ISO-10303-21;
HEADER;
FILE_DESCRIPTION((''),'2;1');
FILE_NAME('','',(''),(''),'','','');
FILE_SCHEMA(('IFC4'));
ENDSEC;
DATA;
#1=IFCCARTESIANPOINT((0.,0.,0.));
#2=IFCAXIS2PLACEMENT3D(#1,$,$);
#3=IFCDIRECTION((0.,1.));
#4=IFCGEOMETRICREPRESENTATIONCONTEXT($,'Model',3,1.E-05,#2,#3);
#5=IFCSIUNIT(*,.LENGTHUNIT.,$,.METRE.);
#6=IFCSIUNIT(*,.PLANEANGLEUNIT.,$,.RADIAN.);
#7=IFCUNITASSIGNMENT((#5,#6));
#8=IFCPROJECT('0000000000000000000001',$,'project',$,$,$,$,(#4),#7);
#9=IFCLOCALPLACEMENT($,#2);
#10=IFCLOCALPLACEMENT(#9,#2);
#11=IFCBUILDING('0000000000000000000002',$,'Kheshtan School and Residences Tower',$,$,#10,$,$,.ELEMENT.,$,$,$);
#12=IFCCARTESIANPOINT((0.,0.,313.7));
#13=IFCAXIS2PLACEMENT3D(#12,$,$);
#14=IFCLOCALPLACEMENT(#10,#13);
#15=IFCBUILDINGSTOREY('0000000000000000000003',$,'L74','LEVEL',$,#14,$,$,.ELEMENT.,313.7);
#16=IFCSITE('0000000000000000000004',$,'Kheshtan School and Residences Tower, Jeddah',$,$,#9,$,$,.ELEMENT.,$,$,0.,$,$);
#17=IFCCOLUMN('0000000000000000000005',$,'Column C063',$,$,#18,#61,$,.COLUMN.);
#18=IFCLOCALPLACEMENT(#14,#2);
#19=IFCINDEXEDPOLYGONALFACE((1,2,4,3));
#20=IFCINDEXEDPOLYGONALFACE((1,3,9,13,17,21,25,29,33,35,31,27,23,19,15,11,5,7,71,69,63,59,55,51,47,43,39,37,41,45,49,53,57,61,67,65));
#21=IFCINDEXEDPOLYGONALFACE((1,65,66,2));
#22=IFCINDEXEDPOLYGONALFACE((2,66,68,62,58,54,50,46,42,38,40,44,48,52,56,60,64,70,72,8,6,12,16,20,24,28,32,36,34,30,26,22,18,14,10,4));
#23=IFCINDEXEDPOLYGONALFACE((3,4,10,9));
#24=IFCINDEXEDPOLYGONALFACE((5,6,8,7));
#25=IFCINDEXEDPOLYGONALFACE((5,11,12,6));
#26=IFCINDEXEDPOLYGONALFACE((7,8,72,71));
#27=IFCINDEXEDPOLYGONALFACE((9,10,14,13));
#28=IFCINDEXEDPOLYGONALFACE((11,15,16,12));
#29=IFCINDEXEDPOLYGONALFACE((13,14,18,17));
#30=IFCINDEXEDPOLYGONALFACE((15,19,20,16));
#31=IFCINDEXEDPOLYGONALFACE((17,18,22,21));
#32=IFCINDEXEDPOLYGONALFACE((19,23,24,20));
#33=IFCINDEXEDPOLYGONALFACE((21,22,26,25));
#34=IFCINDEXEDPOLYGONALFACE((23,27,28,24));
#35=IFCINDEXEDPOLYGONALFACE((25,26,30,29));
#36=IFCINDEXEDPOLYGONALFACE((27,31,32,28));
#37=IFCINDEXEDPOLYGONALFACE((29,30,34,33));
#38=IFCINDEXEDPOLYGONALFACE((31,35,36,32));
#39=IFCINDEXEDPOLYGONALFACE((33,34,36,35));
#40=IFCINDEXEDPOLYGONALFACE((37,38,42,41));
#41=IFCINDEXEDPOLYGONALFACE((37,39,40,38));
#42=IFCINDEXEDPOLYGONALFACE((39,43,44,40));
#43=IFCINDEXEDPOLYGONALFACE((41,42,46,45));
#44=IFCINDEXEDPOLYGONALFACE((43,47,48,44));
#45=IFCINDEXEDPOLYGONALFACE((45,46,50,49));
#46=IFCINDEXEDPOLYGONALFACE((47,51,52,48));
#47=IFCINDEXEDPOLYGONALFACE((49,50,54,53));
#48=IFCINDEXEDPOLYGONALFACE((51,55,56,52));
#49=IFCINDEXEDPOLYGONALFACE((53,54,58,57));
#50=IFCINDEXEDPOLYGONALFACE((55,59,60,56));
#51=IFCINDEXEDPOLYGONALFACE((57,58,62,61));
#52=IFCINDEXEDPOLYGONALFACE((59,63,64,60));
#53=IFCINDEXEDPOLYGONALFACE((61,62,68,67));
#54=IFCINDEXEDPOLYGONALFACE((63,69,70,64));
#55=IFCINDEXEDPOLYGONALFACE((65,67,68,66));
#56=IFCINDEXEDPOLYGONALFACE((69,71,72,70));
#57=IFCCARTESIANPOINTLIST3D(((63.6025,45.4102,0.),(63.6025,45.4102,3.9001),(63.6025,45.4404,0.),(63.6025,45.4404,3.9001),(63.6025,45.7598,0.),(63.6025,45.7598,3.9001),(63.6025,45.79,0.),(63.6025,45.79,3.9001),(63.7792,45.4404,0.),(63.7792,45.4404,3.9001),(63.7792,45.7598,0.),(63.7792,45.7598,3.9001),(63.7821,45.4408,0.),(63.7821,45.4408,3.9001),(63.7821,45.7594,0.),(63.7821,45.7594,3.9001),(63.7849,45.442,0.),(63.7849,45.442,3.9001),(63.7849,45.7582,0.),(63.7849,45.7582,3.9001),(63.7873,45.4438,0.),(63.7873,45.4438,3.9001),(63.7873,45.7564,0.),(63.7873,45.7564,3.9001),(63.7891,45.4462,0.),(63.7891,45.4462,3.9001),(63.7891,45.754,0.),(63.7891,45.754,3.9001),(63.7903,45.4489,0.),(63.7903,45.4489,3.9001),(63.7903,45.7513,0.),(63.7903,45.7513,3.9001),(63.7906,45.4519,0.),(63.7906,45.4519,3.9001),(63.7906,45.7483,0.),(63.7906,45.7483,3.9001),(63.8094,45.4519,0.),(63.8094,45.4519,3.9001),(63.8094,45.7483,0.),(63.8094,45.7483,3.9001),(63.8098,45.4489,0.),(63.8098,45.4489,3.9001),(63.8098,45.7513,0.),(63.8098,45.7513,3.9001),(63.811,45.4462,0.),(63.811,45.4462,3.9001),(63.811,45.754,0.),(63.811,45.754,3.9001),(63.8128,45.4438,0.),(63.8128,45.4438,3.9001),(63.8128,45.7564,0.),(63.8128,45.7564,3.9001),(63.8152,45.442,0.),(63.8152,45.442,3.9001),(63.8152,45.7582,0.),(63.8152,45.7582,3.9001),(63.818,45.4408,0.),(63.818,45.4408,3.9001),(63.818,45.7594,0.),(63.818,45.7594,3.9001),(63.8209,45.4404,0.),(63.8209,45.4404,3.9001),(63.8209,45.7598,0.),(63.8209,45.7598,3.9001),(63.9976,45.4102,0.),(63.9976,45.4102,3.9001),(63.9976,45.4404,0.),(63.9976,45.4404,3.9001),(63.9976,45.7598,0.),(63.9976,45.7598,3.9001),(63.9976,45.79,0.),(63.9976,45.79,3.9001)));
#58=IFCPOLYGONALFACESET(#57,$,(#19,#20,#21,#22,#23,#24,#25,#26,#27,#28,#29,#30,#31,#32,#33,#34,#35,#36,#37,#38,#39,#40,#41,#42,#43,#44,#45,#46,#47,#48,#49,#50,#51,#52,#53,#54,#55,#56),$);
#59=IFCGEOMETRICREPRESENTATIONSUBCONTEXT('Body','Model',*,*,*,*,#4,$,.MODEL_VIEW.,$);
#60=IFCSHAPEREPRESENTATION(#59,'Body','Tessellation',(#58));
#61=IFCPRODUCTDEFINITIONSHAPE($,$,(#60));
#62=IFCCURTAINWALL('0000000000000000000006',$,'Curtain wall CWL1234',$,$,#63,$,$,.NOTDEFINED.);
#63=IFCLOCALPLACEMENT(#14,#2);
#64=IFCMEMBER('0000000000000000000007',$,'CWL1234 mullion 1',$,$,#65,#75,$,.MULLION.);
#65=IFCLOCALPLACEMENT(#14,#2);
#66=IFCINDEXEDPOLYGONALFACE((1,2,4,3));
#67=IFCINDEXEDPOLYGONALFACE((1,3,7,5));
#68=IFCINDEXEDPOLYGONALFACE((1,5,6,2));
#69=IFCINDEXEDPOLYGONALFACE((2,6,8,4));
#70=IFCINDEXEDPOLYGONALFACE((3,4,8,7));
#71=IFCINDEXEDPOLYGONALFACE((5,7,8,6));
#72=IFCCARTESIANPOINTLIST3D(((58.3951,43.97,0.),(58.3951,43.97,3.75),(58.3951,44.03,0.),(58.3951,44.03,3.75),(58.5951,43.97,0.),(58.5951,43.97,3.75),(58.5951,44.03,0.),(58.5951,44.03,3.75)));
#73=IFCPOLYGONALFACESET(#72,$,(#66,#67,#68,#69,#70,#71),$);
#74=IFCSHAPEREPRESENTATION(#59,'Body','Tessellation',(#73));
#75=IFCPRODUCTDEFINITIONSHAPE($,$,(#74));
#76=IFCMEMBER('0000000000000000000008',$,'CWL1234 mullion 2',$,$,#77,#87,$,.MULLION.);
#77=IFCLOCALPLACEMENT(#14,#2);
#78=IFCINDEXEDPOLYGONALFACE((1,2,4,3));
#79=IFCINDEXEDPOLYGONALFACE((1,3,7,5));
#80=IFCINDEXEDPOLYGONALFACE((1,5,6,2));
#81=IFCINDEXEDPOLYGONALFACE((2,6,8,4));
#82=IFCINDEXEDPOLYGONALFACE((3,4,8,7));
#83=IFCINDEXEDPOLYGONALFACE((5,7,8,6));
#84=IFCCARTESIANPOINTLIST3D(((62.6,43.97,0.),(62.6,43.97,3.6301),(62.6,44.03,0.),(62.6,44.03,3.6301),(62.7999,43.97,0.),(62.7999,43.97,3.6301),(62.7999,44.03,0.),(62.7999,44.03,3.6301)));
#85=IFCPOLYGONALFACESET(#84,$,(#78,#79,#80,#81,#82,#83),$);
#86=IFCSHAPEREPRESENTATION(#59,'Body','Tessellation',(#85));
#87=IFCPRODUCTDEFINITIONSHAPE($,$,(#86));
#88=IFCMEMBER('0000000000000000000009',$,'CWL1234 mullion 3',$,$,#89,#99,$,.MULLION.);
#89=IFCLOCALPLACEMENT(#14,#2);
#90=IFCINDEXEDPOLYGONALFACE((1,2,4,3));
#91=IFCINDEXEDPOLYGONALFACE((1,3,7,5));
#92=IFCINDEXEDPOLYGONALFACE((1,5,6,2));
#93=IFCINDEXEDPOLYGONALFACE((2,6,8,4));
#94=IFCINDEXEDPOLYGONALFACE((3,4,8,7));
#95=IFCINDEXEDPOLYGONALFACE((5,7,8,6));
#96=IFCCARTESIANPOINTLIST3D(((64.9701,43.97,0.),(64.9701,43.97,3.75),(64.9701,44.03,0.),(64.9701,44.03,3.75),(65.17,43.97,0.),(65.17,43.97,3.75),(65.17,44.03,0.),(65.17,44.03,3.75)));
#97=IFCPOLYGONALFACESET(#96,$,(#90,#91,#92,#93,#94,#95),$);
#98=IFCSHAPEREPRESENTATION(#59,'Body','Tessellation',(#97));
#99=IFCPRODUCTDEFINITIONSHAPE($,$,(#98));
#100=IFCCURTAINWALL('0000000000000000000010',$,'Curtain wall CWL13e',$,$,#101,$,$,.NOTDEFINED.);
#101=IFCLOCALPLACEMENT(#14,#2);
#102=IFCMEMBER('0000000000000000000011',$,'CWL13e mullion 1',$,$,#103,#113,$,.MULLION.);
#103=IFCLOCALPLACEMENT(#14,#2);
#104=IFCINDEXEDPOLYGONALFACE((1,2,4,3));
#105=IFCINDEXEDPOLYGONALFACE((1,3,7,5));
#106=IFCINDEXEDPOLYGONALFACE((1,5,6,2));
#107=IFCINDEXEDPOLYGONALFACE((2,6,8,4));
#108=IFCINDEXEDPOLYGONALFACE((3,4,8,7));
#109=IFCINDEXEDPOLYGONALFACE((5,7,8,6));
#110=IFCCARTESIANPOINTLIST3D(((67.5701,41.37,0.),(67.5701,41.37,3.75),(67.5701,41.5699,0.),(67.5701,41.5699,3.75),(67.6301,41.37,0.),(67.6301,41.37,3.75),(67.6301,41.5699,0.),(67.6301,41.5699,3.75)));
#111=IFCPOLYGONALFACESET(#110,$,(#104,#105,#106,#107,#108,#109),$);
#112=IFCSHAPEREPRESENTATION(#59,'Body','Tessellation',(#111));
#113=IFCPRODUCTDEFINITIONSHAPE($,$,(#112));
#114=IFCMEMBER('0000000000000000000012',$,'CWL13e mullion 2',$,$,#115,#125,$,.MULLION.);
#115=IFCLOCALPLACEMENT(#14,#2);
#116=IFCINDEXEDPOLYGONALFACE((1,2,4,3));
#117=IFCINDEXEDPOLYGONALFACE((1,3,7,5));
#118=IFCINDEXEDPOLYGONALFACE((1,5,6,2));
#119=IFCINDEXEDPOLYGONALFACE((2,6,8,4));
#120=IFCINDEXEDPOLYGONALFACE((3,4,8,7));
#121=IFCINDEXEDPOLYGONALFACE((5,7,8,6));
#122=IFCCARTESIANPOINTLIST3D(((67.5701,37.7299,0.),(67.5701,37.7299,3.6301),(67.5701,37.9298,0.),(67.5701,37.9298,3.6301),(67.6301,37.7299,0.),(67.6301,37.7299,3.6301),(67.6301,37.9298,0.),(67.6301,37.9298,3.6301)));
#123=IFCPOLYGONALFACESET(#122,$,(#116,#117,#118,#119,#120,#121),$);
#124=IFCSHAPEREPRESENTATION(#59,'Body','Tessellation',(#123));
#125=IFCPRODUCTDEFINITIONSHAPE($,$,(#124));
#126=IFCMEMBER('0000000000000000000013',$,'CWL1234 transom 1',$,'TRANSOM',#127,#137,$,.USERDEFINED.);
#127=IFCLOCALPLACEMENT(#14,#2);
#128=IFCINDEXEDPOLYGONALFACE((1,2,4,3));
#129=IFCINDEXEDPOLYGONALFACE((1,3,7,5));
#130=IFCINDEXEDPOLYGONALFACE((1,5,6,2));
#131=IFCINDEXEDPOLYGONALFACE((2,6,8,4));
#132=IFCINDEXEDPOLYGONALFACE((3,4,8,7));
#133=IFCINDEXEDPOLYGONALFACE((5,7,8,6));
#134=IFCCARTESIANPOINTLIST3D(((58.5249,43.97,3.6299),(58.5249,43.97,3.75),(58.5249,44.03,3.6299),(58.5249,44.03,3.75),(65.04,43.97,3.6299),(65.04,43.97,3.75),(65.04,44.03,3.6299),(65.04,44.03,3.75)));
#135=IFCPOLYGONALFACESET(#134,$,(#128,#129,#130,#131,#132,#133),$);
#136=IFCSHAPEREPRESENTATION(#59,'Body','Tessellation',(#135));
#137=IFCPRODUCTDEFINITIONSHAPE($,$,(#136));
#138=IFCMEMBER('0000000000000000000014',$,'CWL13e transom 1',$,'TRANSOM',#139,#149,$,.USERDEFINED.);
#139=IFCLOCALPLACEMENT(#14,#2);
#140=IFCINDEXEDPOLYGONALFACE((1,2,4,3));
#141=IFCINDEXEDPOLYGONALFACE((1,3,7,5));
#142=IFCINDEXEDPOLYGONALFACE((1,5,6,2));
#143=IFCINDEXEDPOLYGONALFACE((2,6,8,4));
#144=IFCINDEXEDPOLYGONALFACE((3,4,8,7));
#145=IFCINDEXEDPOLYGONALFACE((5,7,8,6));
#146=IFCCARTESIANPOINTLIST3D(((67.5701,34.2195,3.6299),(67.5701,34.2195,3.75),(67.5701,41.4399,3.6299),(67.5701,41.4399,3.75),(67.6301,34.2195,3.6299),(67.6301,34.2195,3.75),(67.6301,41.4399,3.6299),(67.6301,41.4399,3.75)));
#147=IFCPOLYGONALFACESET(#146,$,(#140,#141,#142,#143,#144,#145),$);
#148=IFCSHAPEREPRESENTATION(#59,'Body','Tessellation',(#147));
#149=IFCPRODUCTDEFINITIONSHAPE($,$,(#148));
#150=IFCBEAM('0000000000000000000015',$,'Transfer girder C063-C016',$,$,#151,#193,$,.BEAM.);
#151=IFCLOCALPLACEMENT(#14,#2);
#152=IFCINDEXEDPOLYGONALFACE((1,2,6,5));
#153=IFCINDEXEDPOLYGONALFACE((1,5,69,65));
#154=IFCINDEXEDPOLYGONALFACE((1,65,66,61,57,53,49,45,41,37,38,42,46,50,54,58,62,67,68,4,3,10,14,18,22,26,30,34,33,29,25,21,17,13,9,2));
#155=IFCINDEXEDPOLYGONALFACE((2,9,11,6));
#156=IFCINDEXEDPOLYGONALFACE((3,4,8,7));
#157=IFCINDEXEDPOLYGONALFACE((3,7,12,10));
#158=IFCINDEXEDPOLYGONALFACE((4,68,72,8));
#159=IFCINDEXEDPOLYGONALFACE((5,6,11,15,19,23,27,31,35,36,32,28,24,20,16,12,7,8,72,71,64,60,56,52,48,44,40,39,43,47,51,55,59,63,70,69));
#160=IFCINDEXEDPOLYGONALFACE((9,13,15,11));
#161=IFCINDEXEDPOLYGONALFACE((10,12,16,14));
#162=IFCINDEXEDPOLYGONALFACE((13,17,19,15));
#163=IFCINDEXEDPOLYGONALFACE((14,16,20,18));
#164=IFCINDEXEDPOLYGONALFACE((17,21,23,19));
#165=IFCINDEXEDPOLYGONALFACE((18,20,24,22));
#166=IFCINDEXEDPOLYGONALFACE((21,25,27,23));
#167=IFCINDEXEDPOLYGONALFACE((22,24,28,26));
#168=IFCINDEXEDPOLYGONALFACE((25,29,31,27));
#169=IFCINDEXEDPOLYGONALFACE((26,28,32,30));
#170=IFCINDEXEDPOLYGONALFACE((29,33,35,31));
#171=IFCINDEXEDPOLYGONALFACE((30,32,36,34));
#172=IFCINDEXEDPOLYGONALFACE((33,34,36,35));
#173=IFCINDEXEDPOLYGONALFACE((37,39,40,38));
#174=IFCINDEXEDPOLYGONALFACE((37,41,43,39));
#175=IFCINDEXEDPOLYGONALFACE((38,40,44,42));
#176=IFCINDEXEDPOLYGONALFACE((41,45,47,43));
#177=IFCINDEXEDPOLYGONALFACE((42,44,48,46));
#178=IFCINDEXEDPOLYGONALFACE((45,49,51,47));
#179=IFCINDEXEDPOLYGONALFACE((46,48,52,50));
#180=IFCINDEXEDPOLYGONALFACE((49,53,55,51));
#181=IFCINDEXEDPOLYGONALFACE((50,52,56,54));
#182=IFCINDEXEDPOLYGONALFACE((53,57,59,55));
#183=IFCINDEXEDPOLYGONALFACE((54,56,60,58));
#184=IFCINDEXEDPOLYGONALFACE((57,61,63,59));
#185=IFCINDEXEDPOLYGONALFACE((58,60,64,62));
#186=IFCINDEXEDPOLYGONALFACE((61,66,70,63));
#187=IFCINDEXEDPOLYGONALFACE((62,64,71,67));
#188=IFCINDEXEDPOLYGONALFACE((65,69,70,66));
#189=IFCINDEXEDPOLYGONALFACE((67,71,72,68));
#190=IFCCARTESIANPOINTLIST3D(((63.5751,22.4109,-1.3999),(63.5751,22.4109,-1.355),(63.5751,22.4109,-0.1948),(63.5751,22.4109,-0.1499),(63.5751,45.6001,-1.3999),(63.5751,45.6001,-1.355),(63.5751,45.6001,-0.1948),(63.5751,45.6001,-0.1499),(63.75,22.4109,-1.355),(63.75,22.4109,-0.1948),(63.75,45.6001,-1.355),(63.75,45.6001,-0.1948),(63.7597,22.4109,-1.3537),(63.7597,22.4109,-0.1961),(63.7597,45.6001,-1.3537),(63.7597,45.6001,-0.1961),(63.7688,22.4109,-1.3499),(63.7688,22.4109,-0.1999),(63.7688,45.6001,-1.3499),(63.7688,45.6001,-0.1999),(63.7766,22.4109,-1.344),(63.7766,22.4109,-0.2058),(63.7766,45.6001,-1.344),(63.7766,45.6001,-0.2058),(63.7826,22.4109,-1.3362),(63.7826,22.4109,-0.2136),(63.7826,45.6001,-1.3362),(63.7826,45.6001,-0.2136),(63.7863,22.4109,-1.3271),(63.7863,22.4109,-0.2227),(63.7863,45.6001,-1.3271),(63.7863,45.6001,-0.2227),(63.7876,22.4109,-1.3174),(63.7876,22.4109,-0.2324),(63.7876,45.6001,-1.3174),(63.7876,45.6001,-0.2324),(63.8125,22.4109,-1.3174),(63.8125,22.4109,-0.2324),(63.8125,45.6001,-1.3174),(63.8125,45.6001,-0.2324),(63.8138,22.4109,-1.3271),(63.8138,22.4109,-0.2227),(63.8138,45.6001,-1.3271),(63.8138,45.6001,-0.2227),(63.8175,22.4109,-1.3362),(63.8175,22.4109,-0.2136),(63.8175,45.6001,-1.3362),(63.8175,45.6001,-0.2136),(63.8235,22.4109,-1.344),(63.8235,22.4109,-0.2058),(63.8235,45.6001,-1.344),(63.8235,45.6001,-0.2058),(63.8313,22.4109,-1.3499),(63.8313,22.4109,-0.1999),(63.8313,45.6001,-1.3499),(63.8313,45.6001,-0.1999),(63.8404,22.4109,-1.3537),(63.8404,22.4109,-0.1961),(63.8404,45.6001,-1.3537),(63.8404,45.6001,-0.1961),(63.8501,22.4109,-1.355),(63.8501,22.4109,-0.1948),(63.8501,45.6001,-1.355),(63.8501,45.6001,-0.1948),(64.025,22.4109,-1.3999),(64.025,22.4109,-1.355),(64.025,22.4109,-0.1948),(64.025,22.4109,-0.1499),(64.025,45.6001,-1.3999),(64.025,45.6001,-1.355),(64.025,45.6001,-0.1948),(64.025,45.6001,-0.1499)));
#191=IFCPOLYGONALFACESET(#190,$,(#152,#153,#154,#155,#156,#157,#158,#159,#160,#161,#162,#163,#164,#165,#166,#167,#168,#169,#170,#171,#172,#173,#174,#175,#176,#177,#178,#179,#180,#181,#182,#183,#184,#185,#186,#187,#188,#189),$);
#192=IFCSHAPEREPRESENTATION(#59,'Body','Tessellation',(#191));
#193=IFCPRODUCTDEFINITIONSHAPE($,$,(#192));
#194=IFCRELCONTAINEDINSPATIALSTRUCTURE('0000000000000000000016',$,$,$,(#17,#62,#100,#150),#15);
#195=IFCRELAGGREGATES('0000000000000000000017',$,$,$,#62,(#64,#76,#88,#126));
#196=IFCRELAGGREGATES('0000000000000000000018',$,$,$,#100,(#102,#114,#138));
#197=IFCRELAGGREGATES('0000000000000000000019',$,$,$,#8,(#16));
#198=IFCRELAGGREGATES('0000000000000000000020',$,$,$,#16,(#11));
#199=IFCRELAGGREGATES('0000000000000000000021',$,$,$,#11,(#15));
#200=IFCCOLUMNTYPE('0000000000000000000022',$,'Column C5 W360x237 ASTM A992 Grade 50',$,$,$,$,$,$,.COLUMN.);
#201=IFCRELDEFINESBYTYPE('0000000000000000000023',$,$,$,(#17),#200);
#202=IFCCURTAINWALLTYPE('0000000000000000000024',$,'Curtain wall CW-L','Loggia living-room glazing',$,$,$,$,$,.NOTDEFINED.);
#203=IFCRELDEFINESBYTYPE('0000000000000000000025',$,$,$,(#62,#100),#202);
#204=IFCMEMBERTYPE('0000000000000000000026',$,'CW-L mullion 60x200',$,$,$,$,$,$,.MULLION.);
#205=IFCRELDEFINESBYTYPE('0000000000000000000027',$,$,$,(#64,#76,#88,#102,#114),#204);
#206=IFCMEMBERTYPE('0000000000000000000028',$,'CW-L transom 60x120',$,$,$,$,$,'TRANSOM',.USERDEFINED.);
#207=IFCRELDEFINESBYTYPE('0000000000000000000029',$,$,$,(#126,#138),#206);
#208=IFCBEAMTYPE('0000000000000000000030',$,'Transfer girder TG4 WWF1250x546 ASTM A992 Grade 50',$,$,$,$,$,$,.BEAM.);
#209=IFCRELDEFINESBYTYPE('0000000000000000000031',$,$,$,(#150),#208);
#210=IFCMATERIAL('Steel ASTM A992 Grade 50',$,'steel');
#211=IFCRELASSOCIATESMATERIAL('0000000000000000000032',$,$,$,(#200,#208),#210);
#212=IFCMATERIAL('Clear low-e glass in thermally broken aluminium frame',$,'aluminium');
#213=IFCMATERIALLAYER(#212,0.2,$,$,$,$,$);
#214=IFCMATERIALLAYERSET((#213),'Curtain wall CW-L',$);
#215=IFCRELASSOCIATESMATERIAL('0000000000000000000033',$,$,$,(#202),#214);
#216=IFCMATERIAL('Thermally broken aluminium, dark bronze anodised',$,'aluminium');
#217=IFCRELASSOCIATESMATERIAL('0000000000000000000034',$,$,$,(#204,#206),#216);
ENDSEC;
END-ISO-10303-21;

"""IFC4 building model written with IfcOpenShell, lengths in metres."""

from ifc_helpers import new_model, si_unit, direction, frame, origin, origin_2d, place, context, subcontext, project, spatial, rectangle, i_section, extrude, material, layer, layer_set, material_profile, profile_set, type_object, element, aggregate, save


model = new_model("IFC4")

# Units and contexts
model_context = context("Model", 3, precision=1e-05, world=origin(), true_north=direction((0.0, 1.0)))
body_context = subcontext(model_context, "Body", "Model", "MODEL_VIEW")
ifc_project = project(units=[si_unit("LENGTHUNIT", "METRE"), si_unit("PLANEANGLEUNIT", "RADIAN")], contexts=[model_context])

# Site, building, storey
site_placement = place(None, origin())
site = spatial("IfcSite", under=ifc_project, at=site_placement, Name="Kheshtan School and Residences Tower, Jeddah", CompositionType="ELEMENT", RefElevation=0.0)
building_placement = place(site_placement, origin())
building = spatial("IfcBuilding", under=site, at=building_placement, Name="Kheshtan School and Residences Tower", CompositionType="ELEMENT")
storey_placement = place(building_placement, frame((0.0, 0.0, 313.7)))
storey = spatial("IfcBuildingStorey", under=building, at=storey_placement, Name="L74", Description="LEVEL", CompositionType="ELEMENT", Elevation=313.7)

# Column
ifc_material_1 = material(Name="Steel ASTM A992 Grade 50", Category="steel")
ifc_material_profile_1 = material_profile(ifc_material_1, i_section(OverallWidth=0.395, OverallDepth=0.3799, WebThickness=0.0188, FlangeThickness=0.0303, FilletRadius=0.0115, at=origin_2d()), Name="W360x237")
ifc_profile_set_1 = profile_set([ifc_material_profile_1], Name="Steel ASTM A992 Grade 50")
column_type = type_object("IfcColumnType", Name="Column C5 W360x237 ASTM A992 Grade 50", PredefinedType="COLUMN", material=ifc_profile_set_1)
column_placement = place(storey_placement, frame((63.8, 45.6001, 0.0), z_axis=(0.0, 0.0, 1.0), x_axis=(1.0, 0.0, 0.0)))
element("IfcColumn", 1, at=column_placement, inside=storey, type_object=column_type, Name="Column C063", PredefinedType="COLUMN", context=body_context, shape_type="SweptSolid", body=[
    extrude(i_section(OverallWidth=0.395, OverallDepth=0.3799, WebThickness=0.0188, FlangeThickness=0.0303, FilletRadius=0.0115, at=origin_2d()), origin(), (0.0, 0.0, 1.0), 3.9001),
])

# Curtain walls, members
ifc_material_2 = material(Name="Clear low-e glass in thermally broken aluminium frame", Category="aluminium")
ifc_layer_1 = layer(ifc_material_2, 0.2)
ifc_layer_set_1 = layer_set([ifc_layer_1], Name="Curtain wall CW-L")
curtain_wall_type = type_object("IfcCurtainWallType", Name="Curtain wall CW-L", Description="Loggia living-room glazing", PredefinedType="NOTDEFINED", material=ifc_layer_set_1)
curtain_wall_1_placement = place(storey_placement, origin())
curtain_wall_1 = element("IfcCurtainWall", 2, at=curtain_wall_1_placement, inside=storey, type_object=curtain_wall_type, Name="Curtain wall CWL1234", PredefinedType="NOTDEFINED")
ifc_material_3 = material(Name="Thermally broken aluminium, dark bronze anodised", Category="aluminium")
ifc_material_profile_2 = material_profile(ifc_material_3, rectangle(XDim=0.0601, YDim=0.2, at=origin_2d()), Name="CW-L mullion 60x200")
ifc_profile_set_2 = profile_set([ifc_material_profile_2], Name="Thermally broken aluminium, dark bronze anodised")
member_type_1 = type_object("IfcMemberType", Name="CW-L mullion 60x200", PredefinedType="MULLION", material=ifc_profile_set_2)
member_1_placement = place(storey_placement, frame((58.4951, 44.0, 0.0), z_axis=(0.0, 0.0, 1.0), x_axis=(0.0, 1.0, 0.0)))
member_1 = element("IfcMember", 3, at=member_1_placement, type_object=member_type_1, Name="CWL1234 mullion 1", PredefinedType="MULLION", context=body_context, shape_type="SweptSolid", body=[
    extrude(rectangle(XDim=0.0601, YDim=0.2, at=origin_2d()), origin(), (0.0, 0.0, 1.0), 3.75),
])
member_2_placement = place(storey_placement, frame((62.7, 44.0, 0.0), z_axis=(0.0, 0.0, 1.0), x_axis=(0.0, 1.0, 0.0)))
member_2 = element("IfcMember", 4, at=member_2_placement, type_object=member_type_1, Name="CWL1234 mullion 2", PredefinedType="MULLION", context=body_context, shape_type="SweptSolid", body=[
    extrude(rectangle(XDim=0.0601, YDim=0.2, at=origin_2d()), origin(), (0.0, 0.0, 1.0), 3.6301),
])
member_3_placement = place(storey_placement, frame((65.0701, 44.0, 0.0), z_axis=(0.0, 0.0, 1.0), x_axis=(0.0, 1.0, 0.0)))
member_3 = element("IfcMember", 5, at=member_3_placement, type_object=member_type_1, Name="CWL1234 mullion 3", PredefinedType="MULLION", context=body_context, shape_type="SweptSolid", body=[
    extrude(rectangle(XDim=0.0601, YDim=0.2, at=origin_2d()), origin(), (0.0, 0.0, 1.0), 3.75),
])
curtain_wall_2_placement = place(storey_placement, origin())
curtain_wall_2 = element("IfcCurtainWall", 6, at=curtain_wall_2_placement, inside=storey, type_object=curtain_wall_type, Name="Curtain wall CWL13e", PredefinedType="NOTDEFINED")
member_4_placement = place(storey_placement, frame((67.6001, 41.47, 0.0), z_axis=(0.0, 0.0, 1.0), x_axis=(1.0, 0.0, 0.0)))
member_4 = element("IfcMember", 7, at=member_4_placement, type_object=member_type_1, Name="CWL13e mullion 1", PredefinedType="MULLION", context=body_context, shape_type="SweptSolid", body=[
    extrude(rectangle(XDim=0.0601, YDim=0.2, at=origin_2d()), origin(), (0.0, 0.0, 1.0), 3.75),
])
member_5_placement = place(storey_placement, frame((67.6001, 37.8298, 0.0), z_axis=(0.0, 0.0, 1.0), x_axis=(1.0, 0.0, 0.0)))
member_5 = element("IfcMember", 8, at=member_5_placement, type_object=member_type_1, Name="CWL13e mullion 2", PredefinedType="MULLION", context=body_context, shape_type="SweptSolid", body=[
    extrude(rectangle(XDim=0.0601, YDim=0.2, at=origin_2d()), origin(), (0.0, 0.0, 1.0), 3.6301),
])

# Members
ifc_material_profile_3 = material_profile(ifc_material_3, rectangle(XDim=0.0601, YDim=0.1201, at=origin_2d()), Name="CW-L transom 60x120")
ifc_profile_set_3 = profile_set([ifc_material_profile_3], Name="Thermally broken aluminium, dark bronze anodised")
member_type_2 = type_object("IfcMemberType", Name="CW-L transom 60x120", ElementType="TRANSOM", PredefinedType="USERDEFINED", material=ifc_profile_set_3)
member_6_placement = place(storey_placement, frame((58.5249, 44.0, 3.6899), z_axis=(1.0, 0.0, 0.0), x_axis=(0.0, 1.0, 0.0)))
member_6 = element("IfcMember", 9, at=member_6_placement, type_object=member_type_2, Name="CWL1234 transom 1", ObjectType="TRANSOM", PredefinedType="USERDEFINED", context=body_context, shape_type="SweptSolid", body=[
    extrude(rectangle(XDim=0.0601, YDim=0.1201, at=origin_2d()), origin(), (0.0, 0.0, 1.0), 6.5151),
])
member_7_placement = place(storey_placement, frame((67.6001, 41.4399, 3.6899), z_axis=(0.0, -1.0, 0.0), x_axis=(1.0, 0.0, 0.0)))
member_7 = element("IfcMember", 10, at=member_7_placement, type_object=member_type_2, Name="CWL13e transom 1", ObjectType="TRANSOM", PredefinedType="USERDEFINED", context=body_context, shape_type="SweptSolid", body=[
    extrude(rectangle(XDim=0.0601, YDim=0.1201, at=origin_2d()), origin(), (0.0, 0.0, 1.0), 7.2205),
])

# Beam
ifc_material_profile_4 = material_profile(ifc_material_1, i_section(OverallWidth=0.45, OverallDepth=1.25, WebThickness=0.0249, FlangeThickness=0.0449, FilletRadius=0.0376, at=origin_2d()), Name="WWF1250x546")
ifc_profile_set_4 = profile_set([ifc_material_profile_4], Name="Steel ASTM A992 Grade 50")
beam_type = type_object("IfcBeamType", Name="Transfer girder TG4 WWF1250x546 ASTM A992 Grade 50", PredefinedType="BEAM", material=ifc_profile_set_4)
beam_placement = place(storey_placement, frame((63.8, 45.6001, -0.7749), z_axis=(0.0, -1.0, 0.0), x_axis=(1.0, 0.0, 0.0)))
element("IfcBeam", 11, at=beam_placement, inside=storey, type_object=beam_type, Name="Transfer girder C063-C016", PredefinedType="BEAM", context=body_context, shape_type="SweptSolid", body=[
    extrude(i_section(OverallWidth=0.45, OverallDepth=1.25, WebThickness=0.0249, FlangeThickness=0.0449, FilletRadius=0.0376, at=origin_2d()), origin(), (0.0, 0.0, 1.0), 23.1892),
])

aggregate(curtain_wall_1, [member_1, member_2, member_3, member_6])
aggregate(curtain_wall_2, [member_4, member_5, member_7])

save(model, "model.ifc")
